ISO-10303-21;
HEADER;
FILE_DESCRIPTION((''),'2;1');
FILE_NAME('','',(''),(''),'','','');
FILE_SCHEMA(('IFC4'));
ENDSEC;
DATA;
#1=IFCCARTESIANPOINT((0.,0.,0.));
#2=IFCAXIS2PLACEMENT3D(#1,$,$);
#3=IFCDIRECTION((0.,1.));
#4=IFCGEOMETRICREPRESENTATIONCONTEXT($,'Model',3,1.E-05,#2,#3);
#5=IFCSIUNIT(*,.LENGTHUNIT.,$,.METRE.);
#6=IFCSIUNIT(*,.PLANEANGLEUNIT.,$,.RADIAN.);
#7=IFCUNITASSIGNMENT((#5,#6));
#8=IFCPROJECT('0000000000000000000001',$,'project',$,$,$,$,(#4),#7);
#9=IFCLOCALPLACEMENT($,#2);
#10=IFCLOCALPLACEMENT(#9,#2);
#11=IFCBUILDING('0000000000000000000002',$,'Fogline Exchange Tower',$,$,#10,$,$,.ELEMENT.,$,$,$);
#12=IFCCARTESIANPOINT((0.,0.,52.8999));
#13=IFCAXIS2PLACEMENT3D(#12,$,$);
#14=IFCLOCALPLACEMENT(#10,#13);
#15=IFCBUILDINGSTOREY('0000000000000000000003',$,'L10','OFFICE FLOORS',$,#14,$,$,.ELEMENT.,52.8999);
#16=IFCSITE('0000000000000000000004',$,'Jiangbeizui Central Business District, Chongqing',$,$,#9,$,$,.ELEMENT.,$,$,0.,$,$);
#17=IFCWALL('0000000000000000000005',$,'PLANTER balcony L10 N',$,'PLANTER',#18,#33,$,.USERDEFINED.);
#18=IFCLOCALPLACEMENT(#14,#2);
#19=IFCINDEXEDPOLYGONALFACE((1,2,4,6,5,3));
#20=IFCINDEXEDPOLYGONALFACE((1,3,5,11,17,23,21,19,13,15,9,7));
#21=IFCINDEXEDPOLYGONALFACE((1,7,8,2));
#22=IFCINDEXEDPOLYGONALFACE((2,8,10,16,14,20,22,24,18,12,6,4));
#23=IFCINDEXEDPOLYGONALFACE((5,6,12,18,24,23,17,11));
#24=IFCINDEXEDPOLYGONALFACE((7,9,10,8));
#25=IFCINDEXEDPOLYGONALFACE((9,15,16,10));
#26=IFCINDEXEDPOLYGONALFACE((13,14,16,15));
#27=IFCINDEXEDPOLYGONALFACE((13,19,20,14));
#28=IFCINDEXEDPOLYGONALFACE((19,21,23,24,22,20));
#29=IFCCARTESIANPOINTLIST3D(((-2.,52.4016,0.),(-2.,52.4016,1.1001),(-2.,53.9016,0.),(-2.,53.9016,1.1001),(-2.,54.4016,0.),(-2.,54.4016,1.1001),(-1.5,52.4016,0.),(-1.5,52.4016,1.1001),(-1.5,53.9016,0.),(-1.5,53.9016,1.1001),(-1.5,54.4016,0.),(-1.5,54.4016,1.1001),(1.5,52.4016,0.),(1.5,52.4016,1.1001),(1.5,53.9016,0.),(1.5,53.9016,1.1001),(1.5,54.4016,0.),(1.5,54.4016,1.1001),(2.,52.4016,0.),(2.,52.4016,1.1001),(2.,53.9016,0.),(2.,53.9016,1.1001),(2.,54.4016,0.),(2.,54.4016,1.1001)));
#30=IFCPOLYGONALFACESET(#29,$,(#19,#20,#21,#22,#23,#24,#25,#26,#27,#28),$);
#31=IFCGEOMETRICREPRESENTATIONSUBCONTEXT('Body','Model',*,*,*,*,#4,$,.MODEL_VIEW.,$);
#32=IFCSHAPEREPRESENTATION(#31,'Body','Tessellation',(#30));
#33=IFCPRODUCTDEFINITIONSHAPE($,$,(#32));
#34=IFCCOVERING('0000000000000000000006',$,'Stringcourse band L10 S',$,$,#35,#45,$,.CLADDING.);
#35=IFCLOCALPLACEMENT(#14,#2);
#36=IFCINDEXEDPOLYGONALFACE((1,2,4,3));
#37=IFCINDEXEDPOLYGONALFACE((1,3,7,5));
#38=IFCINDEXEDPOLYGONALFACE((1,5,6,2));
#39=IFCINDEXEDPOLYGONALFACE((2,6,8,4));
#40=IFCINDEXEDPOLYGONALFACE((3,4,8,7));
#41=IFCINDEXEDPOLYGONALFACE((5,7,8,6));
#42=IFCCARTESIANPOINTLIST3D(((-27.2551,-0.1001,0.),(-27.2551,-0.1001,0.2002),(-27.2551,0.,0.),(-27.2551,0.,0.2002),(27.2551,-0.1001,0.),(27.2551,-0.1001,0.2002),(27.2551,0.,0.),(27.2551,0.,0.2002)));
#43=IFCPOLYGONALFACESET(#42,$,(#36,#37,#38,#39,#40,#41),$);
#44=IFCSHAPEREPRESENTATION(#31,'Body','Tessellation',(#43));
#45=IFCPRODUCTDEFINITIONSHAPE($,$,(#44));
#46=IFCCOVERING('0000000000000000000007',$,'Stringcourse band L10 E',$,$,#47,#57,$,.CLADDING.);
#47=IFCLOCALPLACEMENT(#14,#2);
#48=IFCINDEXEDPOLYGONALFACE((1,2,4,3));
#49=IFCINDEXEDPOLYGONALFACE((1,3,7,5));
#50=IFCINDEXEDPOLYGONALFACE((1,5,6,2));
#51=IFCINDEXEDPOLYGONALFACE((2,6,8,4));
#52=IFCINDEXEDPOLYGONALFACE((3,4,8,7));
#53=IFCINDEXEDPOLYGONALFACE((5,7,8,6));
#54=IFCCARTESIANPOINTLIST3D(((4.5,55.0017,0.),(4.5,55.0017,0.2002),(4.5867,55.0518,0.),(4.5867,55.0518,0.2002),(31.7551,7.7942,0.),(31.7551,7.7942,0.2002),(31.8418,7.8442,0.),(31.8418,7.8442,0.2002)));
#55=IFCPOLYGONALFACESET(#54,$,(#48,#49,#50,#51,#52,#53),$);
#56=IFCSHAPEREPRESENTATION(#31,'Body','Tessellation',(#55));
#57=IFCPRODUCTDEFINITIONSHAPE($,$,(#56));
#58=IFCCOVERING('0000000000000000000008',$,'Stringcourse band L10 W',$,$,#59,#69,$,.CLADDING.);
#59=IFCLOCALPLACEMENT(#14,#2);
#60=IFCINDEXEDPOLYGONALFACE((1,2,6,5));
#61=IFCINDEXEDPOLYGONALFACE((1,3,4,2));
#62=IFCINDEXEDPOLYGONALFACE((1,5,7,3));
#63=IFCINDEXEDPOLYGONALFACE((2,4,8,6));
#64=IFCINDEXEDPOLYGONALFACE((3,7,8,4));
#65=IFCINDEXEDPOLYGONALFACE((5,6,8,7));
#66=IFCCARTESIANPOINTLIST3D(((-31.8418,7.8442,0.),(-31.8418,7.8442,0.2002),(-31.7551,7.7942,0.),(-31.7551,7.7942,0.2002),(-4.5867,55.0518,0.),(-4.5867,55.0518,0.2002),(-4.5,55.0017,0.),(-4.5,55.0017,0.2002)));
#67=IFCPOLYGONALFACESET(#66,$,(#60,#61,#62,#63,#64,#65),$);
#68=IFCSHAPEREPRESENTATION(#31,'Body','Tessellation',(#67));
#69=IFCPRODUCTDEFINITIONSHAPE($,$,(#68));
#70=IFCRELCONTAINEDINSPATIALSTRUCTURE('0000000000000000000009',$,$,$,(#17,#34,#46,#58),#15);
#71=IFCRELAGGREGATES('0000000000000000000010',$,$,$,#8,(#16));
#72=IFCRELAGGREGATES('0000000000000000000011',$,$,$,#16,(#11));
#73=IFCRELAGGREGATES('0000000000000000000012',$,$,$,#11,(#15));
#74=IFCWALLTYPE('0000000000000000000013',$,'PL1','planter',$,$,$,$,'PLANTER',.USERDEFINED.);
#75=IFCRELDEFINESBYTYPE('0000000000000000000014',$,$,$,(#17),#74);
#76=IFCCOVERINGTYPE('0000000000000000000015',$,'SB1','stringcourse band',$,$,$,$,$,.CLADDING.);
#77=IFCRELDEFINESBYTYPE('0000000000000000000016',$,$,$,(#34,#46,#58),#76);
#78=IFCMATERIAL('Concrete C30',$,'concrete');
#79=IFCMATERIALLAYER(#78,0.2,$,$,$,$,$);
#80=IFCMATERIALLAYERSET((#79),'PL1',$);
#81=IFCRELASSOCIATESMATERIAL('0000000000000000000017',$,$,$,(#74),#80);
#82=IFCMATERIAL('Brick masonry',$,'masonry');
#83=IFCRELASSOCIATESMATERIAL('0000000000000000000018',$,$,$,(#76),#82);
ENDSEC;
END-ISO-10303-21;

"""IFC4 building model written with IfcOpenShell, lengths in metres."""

from ifc_helpers import new_model, si_unit, direction, frame, origin, place, context, subcontext, project, spatial, polyline, outline, extrude, material, layer, layer_set, type_object, element, save


model = new_model("IFC4")

# Units and contexts
model_context = context("Model", 3, precision=1e-05, world=origin(), true_north=direction((0.0, 1.0)))
body_context = subcontext(model_context, "Body", "Model", "MODEL_VIEW")
ifc_project = project(units=[si_unit("LENGTHUNIT", "METRE"), si_unit("PLANEANGLEUNIT", "RADIAN")], contexts=[model_context])

# Site, building, storey
site_placement = place(None, origin())
site = spatial("IfcSite", under=ifc_project, at=site_placement, Name="Jiangbeizui Central Business District, Chongqing", CompositionType="ELEMENT", RefElevation=0.0)
building_placement = place(site_placement, origin())
building = spatial("IfcBuilding", under=site, at=building_placement, Name="Fogline Exchange Tower", CompositionType="ELEMENT")
storey_placement = place(building_placement, frame((0.0, 0.0, 52.8999)))
storey = spatial("IfcBuildingStorey", under=building, at=storey_placement, Name="L10", Description="OFFICE FLOORS", CompositionType="ELEMENT", Elevation=52.8999)

# Wall
ifc_material_1 = material(Name="Brick masonry", Category="masonry")
ifc_material_2 = material(Name="Concrete C30", Category="concrete")
ifc_layer_1 = layer(ifc_material_2, 0.2)
ifc_layer_set_1 = layer_set([ifc_layer_1], Name="PL1")
wall_type_1 = type_object("IfcWallType", Name="PL1", Description="planter", ElementType="PLANTER", PredefinedType="USERDEFINED", material=ifc_layer_set_1)
wall_1_placement = place(storey_placement, origin())
element("IfcWall", 1, at=wall_1_placement, inside=storey, type_object=wall_type_1, Name="PLANTER balcony L10 N", ObjectType="PLANTER", PredefinedType="USERDEFINED", context=body_context, shape_type="SweptSolid", body=[
    extrude(outline(polyline([(-1.5, 54.4016), (-2.0, 54.4016), (-2.0, 53.9016), (-2.0, 52.4016), (-1.5, 52.4016), (-1.5, 53.9016), (1.5, 53.9016), (1.5, 52.4016), (2.0, 52.4016), (2.0, 53.9016), (2.0, 54.4016), (1.5, 54.4016), (-1.5, 54.4016)])), origin(), (0.0, 0.0, 1.0), 1.1001),
])

# Coverings
covering_type = type_object("IfcCoveringType", Name="SB1", Description="stringcourse band", PredefinedType="CLADDING", material=ifc_material_1)
covering_1_placement = place(storey_placement, origin())
element("IfcCovering", 2, at=covering_1_placement, inside=storey, type_object=covering_type, Name="Stringcourse band L10 S", PredefinedType="CLADDING", context=body_context, shape_type="SweptSolid", body=[
    extrude(outline(polyline([(-27.2551, 0.0), (-27.2551, -0.1001), (27.2551, -0.1001), (27.2551, 0.0), (-27.2551, 0.0)])), origin(), (0.0, 0.0, 1.0), 0.2002),
])
covering_2_placement = place(storey_placement, origin())
element("IfcCovering", 3, at=covering_2_placement, inside=storey, type_object=covering_type, Name="Stringcourse band L10 E", PredefinedType="CLADDING", context=body_context, shape_type="SweptSolid", body=[
    extrude(outline(polyline([(31.7551, 7.7942), (31.8418, 7.8442), (4.5867, 55.0518), (4.5, 55.0017), (31.7551, 7.7942)])), origin(), (0.0, 0.0, 1.0), 0.2002),
])
covering_3_placement = place(storey_placement, origin())
element("IfcCovering", 4, at=covering_3_placement, inside=storey, type_object=covering_type, Name="Stringcourse band L10 W", PredefinedType="CLADDING", context=body_context, shape_type="SweptSolid", body=[
    extrude(outline(polyline([(-4.5, 55.0017), (-4.5867, 55.0518), (-31.8418, 7.8442), (-31.7551, 7.7942), (-4.5, 55.0017)])), origin(), (0.0, 0.0, 1.0), 0.2002),
])

save(model, "model.ifc")
